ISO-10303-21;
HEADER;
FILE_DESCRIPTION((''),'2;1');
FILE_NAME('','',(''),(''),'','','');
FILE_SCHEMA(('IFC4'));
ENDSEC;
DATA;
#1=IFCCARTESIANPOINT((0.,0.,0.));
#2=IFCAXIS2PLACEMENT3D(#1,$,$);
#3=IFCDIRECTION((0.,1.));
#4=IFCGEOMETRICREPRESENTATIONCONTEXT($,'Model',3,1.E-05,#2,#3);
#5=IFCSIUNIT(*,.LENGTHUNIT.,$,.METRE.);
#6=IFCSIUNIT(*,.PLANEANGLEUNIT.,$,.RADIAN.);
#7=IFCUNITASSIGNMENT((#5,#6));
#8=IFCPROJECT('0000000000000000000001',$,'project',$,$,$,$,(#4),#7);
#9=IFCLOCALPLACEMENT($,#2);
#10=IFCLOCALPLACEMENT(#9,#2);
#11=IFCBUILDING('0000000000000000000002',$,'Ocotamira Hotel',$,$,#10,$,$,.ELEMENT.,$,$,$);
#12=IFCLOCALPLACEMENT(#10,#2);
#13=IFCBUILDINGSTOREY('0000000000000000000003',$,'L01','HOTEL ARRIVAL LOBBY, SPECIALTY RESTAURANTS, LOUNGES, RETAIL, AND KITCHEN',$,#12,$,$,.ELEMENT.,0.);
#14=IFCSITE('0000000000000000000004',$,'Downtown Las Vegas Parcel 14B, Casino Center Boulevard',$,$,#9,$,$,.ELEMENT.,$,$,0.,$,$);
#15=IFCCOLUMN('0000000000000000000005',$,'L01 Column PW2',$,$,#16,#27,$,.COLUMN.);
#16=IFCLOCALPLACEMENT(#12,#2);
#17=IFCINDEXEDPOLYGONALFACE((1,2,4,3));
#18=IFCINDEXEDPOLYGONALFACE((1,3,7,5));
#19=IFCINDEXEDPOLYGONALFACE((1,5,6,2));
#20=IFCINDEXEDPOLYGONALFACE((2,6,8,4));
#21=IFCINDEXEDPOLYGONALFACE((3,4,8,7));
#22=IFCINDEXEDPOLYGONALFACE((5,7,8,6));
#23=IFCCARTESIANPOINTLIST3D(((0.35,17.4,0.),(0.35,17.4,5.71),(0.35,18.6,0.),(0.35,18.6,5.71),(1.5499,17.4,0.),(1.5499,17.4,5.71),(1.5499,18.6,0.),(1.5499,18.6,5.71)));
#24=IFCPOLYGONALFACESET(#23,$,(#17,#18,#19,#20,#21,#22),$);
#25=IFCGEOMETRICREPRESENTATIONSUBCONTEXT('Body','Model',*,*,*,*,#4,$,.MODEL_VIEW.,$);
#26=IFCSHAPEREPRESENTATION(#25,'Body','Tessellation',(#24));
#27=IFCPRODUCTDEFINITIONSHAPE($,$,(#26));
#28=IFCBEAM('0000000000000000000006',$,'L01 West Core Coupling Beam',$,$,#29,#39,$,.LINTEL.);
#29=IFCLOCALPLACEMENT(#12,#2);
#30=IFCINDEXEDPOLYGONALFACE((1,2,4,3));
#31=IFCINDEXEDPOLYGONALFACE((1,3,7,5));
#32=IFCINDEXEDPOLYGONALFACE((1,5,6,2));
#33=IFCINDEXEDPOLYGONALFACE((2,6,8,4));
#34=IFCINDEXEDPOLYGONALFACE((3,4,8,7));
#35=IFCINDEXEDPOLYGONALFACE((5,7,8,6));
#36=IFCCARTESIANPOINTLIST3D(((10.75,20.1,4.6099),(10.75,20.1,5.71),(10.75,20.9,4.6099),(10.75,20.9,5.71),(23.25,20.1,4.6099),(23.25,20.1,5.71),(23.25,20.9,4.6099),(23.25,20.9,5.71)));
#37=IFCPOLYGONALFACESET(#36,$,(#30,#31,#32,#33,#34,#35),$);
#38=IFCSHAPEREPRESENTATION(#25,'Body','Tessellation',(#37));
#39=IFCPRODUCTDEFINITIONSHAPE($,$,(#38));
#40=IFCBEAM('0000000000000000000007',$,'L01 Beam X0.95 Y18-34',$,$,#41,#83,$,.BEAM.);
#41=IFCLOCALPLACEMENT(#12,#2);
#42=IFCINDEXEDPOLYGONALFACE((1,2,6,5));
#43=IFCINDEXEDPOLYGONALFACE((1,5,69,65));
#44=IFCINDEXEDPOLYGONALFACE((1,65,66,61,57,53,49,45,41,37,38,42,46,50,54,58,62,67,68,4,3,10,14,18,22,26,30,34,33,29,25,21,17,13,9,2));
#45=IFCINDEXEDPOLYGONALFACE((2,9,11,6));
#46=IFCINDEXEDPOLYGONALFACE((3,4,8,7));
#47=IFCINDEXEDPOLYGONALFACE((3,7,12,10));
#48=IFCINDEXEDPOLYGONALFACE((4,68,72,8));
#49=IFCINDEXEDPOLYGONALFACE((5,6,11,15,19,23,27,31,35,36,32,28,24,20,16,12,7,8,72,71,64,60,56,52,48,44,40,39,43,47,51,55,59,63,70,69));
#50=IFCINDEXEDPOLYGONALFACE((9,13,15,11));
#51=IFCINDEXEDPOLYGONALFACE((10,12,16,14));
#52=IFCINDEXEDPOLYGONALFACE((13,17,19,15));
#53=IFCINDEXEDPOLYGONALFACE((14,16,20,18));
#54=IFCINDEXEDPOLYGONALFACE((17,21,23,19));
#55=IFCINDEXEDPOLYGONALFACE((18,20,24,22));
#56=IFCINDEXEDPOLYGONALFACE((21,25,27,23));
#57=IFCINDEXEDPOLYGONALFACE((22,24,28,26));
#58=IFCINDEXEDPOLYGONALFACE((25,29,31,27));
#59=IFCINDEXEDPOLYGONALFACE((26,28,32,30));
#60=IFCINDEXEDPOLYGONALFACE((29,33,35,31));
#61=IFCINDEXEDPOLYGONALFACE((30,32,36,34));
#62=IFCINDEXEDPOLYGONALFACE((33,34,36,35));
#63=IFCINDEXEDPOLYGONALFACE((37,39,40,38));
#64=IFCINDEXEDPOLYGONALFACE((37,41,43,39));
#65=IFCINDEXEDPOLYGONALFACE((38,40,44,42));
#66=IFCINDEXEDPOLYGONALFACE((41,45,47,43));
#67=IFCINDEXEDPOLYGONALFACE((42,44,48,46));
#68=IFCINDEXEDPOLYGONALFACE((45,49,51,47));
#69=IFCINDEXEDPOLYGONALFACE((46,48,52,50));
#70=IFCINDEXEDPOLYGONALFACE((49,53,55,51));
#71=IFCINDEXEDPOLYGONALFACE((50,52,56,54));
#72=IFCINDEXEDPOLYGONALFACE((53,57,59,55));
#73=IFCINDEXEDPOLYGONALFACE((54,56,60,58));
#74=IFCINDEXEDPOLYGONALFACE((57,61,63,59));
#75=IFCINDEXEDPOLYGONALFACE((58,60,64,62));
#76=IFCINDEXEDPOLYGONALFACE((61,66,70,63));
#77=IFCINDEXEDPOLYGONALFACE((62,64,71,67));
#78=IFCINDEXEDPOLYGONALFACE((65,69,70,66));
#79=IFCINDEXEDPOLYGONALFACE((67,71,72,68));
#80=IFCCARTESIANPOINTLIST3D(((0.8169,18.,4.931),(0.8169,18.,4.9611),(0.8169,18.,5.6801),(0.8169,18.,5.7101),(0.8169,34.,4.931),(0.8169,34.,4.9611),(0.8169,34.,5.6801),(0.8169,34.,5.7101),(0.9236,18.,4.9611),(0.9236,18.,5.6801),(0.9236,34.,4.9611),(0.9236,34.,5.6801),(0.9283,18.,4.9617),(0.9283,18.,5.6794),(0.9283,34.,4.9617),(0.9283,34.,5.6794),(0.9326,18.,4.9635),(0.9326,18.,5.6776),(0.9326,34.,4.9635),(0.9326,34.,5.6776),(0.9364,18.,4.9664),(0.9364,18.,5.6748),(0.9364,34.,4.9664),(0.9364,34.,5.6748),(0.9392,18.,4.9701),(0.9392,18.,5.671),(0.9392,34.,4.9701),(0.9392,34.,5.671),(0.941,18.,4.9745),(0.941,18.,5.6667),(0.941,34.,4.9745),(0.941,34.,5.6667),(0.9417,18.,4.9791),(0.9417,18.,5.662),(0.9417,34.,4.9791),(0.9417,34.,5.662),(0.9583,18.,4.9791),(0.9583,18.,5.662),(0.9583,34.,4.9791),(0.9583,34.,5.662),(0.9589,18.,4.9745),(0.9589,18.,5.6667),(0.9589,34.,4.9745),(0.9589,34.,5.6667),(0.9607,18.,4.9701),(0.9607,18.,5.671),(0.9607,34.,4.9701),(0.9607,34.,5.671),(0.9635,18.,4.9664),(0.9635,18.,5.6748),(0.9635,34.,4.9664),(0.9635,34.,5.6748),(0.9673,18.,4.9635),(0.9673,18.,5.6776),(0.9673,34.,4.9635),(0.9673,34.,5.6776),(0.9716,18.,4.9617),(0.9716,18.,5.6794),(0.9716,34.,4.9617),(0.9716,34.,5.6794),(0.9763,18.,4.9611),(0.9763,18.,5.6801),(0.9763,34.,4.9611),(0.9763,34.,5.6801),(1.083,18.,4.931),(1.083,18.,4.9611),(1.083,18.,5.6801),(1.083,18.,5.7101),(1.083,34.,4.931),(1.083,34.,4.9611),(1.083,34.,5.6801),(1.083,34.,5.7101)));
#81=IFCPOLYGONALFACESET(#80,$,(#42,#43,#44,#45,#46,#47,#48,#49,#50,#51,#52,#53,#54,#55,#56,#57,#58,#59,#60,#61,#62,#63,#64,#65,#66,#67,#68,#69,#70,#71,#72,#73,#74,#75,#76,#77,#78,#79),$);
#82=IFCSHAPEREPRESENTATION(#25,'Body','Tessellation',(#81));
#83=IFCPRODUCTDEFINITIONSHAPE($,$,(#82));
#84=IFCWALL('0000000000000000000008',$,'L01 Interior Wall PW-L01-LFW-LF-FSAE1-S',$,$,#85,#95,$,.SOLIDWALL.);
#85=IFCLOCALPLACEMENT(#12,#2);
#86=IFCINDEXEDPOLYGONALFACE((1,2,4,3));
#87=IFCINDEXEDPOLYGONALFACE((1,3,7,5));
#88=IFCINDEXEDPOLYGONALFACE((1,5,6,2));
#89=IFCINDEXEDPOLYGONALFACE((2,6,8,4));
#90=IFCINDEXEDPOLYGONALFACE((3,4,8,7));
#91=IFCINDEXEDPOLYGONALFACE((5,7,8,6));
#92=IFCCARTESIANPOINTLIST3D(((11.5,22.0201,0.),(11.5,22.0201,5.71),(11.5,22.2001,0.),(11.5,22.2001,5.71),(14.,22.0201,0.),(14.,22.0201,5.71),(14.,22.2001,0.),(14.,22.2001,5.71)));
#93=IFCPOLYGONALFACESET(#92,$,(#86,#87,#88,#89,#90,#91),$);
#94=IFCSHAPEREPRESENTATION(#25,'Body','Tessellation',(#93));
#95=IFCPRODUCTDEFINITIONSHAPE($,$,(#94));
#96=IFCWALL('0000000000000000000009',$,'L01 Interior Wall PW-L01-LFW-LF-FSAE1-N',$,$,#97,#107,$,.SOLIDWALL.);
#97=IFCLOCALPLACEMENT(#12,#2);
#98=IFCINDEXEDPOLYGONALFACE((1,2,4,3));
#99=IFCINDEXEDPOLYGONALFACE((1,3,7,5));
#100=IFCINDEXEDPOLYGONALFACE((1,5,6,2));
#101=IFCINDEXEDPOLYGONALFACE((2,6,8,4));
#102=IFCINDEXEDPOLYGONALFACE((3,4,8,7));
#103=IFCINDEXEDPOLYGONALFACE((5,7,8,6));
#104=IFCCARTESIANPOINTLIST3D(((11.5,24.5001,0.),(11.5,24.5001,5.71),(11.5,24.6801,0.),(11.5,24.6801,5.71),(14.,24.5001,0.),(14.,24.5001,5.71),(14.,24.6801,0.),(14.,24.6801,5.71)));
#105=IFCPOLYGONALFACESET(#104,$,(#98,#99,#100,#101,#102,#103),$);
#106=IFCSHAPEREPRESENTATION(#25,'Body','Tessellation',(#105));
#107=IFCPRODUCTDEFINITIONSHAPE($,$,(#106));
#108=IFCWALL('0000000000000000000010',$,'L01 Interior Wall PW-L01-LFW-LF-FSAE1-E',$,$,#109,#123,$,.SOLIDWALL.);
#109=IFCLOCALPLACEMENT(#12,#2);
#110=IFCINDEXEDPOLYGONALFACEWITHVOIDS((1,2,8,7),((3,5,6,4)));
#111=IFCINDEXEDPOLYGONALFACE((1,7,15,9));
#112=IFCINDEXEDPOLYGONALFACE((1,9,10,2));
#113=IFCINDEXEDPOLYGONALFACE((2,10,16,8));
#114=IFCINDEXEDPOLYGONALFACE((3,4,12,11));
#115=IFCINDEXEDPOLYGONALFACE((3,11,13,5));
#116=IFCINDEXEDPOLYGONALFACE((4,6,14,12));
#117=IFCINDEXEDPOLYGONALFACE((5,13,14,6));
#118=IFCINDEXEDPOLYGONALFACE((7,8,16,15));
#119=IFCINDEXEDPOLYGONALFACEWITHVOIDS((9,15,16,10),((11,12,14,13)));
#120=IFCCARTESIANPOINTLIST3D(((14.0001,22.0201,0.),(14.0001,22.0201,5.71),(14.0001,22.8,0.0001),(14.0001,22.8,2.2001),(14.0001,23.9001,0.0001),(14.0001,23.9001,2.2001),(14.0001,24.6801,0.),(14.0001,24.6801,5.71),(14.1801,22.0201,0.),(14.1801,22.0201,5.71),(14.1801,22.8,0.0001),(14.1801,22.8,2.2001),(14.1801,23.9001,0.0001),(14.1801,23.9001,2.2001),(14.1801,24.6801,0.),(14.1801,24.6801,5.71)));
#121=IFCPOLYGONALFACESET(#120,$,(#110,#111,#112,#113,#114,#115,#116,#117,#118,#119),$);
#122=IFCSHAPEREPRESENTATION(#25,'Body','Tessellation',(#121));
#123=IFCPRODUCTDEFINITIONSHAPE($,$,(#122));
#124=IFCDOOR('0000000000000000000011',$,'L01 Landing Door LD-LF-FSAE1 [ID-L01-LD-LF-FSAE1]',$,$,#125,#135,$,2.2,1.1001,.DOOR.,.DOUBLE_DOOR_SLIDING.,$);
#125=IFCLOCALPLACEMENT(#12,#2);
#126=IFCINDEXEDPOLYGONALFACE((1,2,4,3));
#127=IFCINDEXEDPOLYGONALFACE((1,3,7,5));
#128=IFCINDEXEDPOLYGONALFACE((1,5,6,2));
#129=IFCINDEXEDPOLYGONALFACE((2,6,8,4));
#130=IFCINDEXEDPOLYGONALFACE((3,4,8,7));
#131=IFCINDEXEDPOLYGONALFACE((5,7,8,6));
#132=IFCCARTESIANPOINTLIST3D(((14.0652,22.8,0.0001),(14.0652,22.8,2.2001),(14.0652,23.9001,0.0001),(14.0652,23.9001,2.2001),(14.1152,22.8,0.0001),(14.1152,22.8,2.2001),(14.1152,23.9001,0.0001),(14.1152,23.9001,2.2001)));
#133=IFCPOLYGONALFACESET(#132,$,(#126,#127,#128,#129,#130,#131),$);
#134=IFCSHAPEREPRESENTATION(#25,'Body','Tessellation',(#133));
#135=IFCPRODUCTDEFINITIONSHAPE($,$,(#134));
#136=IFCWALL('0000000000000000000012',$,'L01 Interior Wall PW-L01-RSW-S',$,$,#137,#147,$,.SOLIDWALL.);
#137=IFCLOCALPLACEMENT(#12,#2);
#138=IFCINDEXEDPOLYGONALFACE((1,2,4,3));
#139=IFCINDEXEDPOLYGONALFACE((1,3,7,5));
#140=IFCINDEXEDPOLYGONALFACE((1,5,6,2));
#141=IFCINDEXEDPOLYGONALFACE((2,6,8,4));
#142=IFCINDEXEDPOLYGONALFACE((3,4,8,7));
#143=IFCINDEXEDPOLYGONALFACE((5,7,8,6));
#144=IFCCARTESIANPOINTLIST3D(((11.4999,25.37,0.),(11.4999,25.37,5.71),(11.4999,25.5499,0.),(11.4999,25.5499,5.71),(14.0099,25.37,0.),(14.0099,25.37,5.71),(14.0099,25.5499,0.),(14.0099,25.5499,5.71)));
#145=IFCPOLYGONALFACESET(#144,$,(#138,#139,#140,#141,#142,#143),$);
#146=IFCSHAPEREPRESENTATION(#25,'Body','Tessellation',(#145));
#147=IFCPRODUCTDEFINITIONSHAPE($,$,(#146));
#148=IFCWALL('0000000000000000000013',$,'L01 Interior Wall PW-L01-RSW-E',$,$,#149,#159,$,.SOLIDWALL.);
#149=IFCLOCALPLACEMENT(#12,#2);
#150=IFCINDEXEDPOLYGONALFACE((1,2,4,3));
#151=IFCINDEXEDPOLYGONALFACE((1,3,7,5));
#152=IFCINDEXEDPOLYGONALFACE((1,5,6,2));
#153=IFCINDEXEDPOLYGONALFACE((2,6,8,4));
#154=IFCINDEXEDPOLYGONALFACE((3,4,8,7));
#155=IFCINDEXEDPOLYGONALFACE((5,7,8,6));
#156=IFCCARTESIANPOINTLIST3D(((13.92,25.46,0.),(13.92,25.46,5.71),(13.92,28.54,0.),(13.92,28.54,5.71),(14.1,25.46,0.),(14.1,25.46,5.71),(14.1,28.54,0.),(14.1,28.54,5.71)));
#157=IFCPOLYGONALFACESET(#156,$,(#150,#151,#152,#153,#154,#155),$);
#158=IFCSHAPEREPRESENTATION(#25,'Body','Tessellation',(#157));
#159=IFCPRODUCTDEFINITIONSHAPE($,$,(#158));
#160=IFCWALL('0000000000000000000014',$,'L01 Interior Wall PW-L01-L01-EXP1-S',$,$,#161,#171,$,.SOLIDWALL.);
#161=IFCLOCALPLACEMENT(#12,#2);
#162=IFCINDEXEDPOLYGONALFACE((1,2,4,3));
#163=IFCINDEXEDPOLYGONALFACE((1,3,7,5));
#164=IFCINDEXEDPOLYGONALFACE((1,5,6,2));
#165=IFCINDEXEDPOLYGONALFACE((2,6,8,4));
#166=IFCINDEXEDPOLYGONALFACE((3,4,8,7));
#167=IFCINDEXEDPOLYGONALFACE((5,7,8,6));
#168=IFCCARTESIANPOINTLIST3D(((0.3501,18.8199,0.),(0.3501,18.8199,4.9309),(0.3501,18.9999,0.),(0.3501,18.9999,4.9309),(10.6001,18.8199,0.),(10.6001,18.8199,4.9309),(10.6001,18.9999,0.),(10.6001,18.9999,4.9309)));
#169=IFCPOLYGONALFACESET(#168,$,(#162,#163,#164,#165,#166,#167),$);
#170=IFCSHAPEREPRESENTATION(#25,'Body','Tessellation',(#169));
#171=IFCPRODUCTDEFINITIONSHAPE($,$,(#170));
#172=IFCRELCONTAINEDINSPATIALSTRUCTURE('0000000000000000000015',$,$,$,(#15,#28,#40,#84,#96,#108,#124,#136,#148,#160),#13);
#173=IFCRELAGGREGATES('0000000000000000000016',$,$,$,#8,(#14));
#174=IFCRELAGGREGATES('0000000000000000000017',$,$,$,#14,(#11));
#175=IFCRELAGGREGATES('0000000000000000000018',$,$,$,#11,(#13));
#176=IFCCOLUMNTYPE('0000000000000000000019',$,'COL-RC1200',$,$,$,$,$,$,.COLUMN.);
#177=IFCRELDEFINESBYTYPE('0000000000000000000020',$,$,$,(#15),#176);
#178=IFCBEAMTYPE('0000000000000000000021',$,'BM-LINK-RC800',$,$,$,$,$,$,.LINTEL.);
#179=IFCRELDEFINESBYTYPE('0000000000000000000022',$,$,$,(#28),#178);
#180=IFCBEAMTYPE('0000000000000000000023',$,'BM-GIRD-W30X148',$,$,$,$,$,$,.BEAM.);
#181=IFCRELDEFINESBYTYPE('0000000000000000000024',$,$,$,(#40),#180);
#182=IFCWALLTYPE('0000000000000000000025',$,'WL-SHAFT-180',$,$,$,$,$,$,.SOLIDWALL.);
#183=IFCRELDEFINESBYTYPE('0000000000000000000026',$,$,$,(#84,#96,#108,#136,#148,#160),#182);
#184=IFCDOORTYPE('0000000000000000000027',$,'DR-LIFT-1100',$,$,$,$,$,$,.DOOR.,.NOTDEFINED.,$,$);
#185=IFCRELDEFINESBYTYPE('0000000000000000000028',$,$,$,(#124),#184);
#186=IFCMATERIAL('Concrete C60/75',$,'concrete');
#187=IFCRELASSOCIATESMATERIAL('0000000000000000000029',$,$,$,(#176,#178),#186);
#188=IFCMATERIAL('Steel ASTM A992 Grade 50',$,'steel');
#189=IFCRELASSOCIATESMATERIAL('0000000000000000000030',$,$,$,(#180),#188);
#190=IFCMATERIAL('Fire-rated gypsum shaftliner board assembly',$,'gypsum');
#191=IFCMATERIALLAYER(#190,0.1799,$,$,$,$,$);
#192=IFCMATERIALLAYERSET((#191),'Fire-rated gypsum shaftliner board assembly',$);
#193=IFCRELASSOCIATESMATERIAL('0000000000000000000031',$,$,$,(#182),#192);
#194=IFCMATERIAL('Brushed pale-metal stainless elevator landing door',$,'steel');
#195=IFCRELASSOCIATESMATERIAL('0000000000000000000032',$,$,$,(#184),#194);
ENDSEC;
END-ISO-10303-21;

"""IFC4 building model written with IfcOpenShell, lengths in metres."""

from ifc_helpers import new_model, si_unit, direction, frame, frame_2d, origin, origin_2d, place, context, subcontext, project, spatial, rectangle, i_section, extrude, source, transform, mapped, material, layer, layer_set, material_profile, profile_set, type_object, element, fill, save


model = new_model("IFC4")

# Units and contexts
model_context = context("Model", 3, precision=1e-05, world=origin(), true_north=direction((0.0, 1.0)))
body_context = subcontext(model_context, "Body", "Model", "MODEL_VIEW")
ifc_project = project(units=[si_unit("LENGTHUNIT", "METRE"), si_unit("PLANEANGLEUNIT", "RADIAN")], contexts=[model_context])

# Site, building, storey
site_placement = place(None, origin())
site = spatial("IfcSite", under=ifc_project, at=site_placement, Name="Downtown Las Vegas Parcel 14B, Casino Center Boulevard", CompositionType="ELEMENT", RefElevation=0.0)
building_placement = place(site_placement, origin())
building = spatial("IfcBuilding", under=site, at=building_placement, Name="Ocotamira Hotel", CompositionType="ELEMENT")
storey_placement = place(building_placement, origin())
storey = spatial("IfcBuildingStorey", under=building, at=storey_placement, Name="L01", Description="HOTEL ARRIVAL LOBBY, SPECIALTY RESTAURANTS, LOUNGES, RETAIL, AND KITCHEN", CompositionType="ELEMENT", Elevation=0.0)

# Column
ifc_material_1 = material(Name="Concrete C60/75", Category="concrete")
ifc_material_profile_1 = material_profile(ifc_material_1, rectangle(XDim=1.2, YDim=1.2, at=origin_2d()), Name="RC1200X1200")
ifc_profile_set_1 = profile_set([ifc_material_profile_1], Name="Concrete C60/75")
column_type = type_object("IfcColumnType", Name="COL-RC1200", PredefinedType="COLUMN", material=ifc_profile_set_1)
shared_shape_1 = source(origin(), body_context, "Body", "SweptSolid", [
    extrude(rectangle(XDim=1.2, YDim=1.2, at=origin_2d()), origin(), (0.0, 0.0, 1.0), 5.71),
])
column_placement = place(storey_placement, frame((0.95, 18.0, 0.0), z_axis=(0.0, 0.0, 1.0), x_axis=(1.0, 0.0, 0.0)))
element("IfcColumn", 1, at=column_placement, inside=storey, type_object=column_type, Name="L01 Column PW2", PredefinedType="COLUMN", context=body_context, shape_type="MappedRepresentation", body=[
    mapped(shared_shape_1, transform((0.0, 0.0, 0.0), scale=1.0)),
])

# Beams
ifc_material_profile_2 = material_profile(ifc_material_1, rectangle(XDim=0.8, YDim=1.1001, at=origin_2d()), Name="RC800X1100")
ifc_profile_set_2 = profile_set([ifc_material_profile_2], Name="Concrete C60/75")
beam_type_1 = type_object("IfcBeamType", Name="BM-LINK-RC800", PredefinedType="LINTEL", material=ifc_profile_set_2)
shared_shape_2 = source(origin(), body_context, "Body", "SweptSolid", [
    extrude(rectangle(XDim=0.8, YDim=1.1001, at=origin_2d()), origin(), (0.0, 0.0, 1.0), 12.5),
])
beam_1_placement = place(storey_placement, frame((10.75, 20.5, 5.1599), z_axis=(1.0, 0.0, 0.0), x_axis=(0.0, 1.0, 0.0)))
element("IfcBeam", 2, at=beam_1_placement, inside=storey, type_object=beam_type_1, Name="L01 West Core Coupling Beam", PredefinedType="LINTEL", context=body_context, shape_type="MappedRepresentation", body=[
    mapped(shared_shape_2, transform((0.0, 0.0, 0.0), scale=1.0)),
])
ifc_material_2 = material(Name="Steel ASTM A992 Grade 50", Category="steel")
ifc_material_profile_3 = material_profile(ifc_material_2, i_section(OverallWidth=0.2661, OverallDepth=0.7791, WebThickness=0.0166, FlangeThickness=0.03, FilletRadius=0.0181, at=origin_2d()), Name="W30X148")
ifc_profile_set_3 = profile_set([ifc_material_profile_3], Name="Steel ASTM A992 Grade 50")
beam_type_2 = type_object("IfcBeamType", Name="BM-GIRD-W30X148", PredefinedType="BEAM", material=ifc_profile_set_3)
shared_shape_3 = source(origin(), body_context, "Body", "SweptSolid", [
    extrude(i_section(OverallWidth=0.2661, OverallDepth=0.7791, WebThickness=0.0166, FlangeThickness=0.03, FilletRadius=0.0181, at=origin_2d()), origin(), (0.0, 0.0, 1.0), 16.0),
])
beam_2_placement = place(storey_placement, frame((0.95, 18.0, 5.3206), z_axis=(0.0, 1.0, 0.0), x_axis=(-1.0, 0.0, 0.0)))
element("IfcBeam", 3, at=beam_2_placement, inside=storey, type_object=beam_type_2, Name="L01 Beam X0.95 Y18-34", PredefinedType="BEAM", context=body_context, shape_type="MappedRepresentation", body=[
    mapped(shared_shape_3, transform((0.0, 0.0, 0.0), scale=1.0)),
])

# Walls
ifc_material_3 = material(Name="Fire-rated gypsum shaftliner board assembly", Category="gypsum")
ifc_layer_1 = layer(ifc_material_3, 0.1799)
ifc_layer_set_1 = layer_set([ifc_layer_1], Name="Fire-rated gypsum shaftliner board assembly")
wall_type_1 = type_object("IfcWallType", Name="WL-SHAFT-180", PredefinedType="SOLIDWALL", material=ifc_layer_set_1)
for number, where, z_axis, x_axis, name in (
    (4, (11.5, 22.1101, 0.0), (0.0, 0.0, 1.0), (1.0, 0.0, 0.0), "L01 Interior Wall PW-L01-LFW-LF-FSAE1-S"),
    (5, (11.5, 24.5901, 0.0), (0.0, 0.0, 1.0), (1.0, 0.0, 0.0), "L01 Interior Wall PW-L01-LFW-LF-FSAE1-N"),
):
    element("IfcWall", number, at=place(storey_placement, frame(where, z_axis=z_axis, x_axis=x_axis)), inside=storey, type_object=wall_type_1, Name=name, PredefinedType="SOLIDWALL", context=body_context, shape_type="SweptSolid", body=[
        extrude(rectangle(XDim=2.5, YDim=0.1799, at=frame_2d((1.25, 0.0))), origin(), (0.0, 0.0, 1.0), 5.71),
    ])

# Wall, opening, door
wall_1_placement = place(storey_placement, frame((14.0901, 22.02, 0.0), z_axis=(0.0, 0.0, 1.0), x_axis=(0.0, 1.0, 0.0)))
wall_1 = element("IfcWall", 6, at=wall_1_placement, inside=storey, type_object=wall_type_1, Name="L01 Interior Wall PW-L01-LFW-LF-FSAE1-E", PredefinedType="SOLIDWALL", context=body_context, shape_type="SweptSolid", body=[
    extrude(rectangle(XDim=2.6599, YDim=0.1799, at=frame_2d((1.3301, 0.0))), origin(), (0.0, 0.0, 1.0), 5.71),
])
opening_1_placement = place(wall_1_placement, frame((0.78, 0.0, 0.0)))
opening_1 = element("IfcOpeningElement", 7, at=opening_1_placement, cuts=wall_1, PredefinedType="OPENING", context=body_context, shape_type="SweptSolid", body=[
    extrude(rectangle(XDim=1.1001, YDim=2.2, at=frame_2d((0.55, 1.1001))), frame((0.0, 0.1001, 0.0), z_axis=(0.0, -1.0, 0.0), x_axis=(1.0, 0.0, 0.0)), (0.0, 0.0, 1.0), 0.2),
])
ifc_material_4 = material(Name="Brushed pale-metal stainless elevator landing door", Category="steel")
door_type_1 = type_object("IfcDoorType", Name="DR-LIFT-1100", OperationType="NOTDEFINED", PredefinedType="DOOR", material=ifc_material_4)
shared_shape_4 = source(origin(), body_context, "Body", "SweptSolid", [
    extrude(rectangle(XDim=1.1001, YDim=2.2, at=frame_2d((0.55, 1.1001))), frame((0.0, 0.0249, 0.0), z_axis=(0.0, -1.0, 0.0), x_axis=(1.0, 0.0, 0.0)), (0.0, 0.0, 1.0), 0.05),
])
door_1_placement = place(opening_1_placement, origin())
door_1 = element("IfcDoor", 8, at=door_1_placement, inside=storey, type_object=door_type_1, Name="L01 Landing Door LD-LF-FSAE1 [ID-L01-LD-LF-FSAE1]", OperationType="DOUBLE_DOOR_SLIDING", OverallHeight=2.2, OverallWidth=1.1001, PredefinedType="DOOR", context=body_context, shape_type="MappedRepresentation", body=[
    mapped(shared_shape_4, transform((0.0, 0.0, 0.0), scale=1.0)),
])
fill(opening_1, door_1)

# Walls
wall_2_placement = place(storey_placement, frame((11.5, 25.46, 0.0), z_axis=(0.0, 0.0, 1.0), x_axis=(1.0, 0.0, 0.0)))
element("IfcWall", 9, at=wall_2_placement, inside=storey, type_object=wall_type_1, Name="L01 Interior Wall PW-L01-RSW-S", PredefinedType="SOLIDWALL", context=body_context, shape_type="SweptSolid", body=[
    extrude(rectangle(XDim=2.51, YDim=0.1799, at=frame_2d((1.2549, 0.0))), origin(), (0.0, 0.0, 1.0), 5.71),
])
wall_3_placement = place(storey_placement, frame((14.01, 25.46, 0.0), z_axis=(0.0, 0.0, 1.0), x_axis=(0.0, 1.0, 0.0)))
element("IfcWall", 10, at=wall_3_placement, inside=storey, type_object=wall_type_1, Name="L01 Interior Wall PW-L01-RSW-E", PredefinedType="SOLIDWALL", context=body_context, shape_type="SweptSolid", body=[
    extrude(rectangle(XDim=3.0801, YDim=0.1799, at=frame_2d((1.54, 0.0))), origin(), (0.0, 0.0, 1.0), 5.71),
])
wall_4_placement = place(storey_placement, frame((0.3501, 18.9099, 0.0), z_axis=(0.0, 0.0, 1.0), x_axis=(1.0, 0.0, 0.0)))
element("IfcWall", 11, at=wall_4_placement, inside=storey, type_object=wall_type_1, Name="L01 Interior Wall PW-L01-L01-EXP1-S", PredefinedType="SOLIDWALL", context=body_context, shape_type="SweptSolid", body=[
    extrude(rectangle(XDim=10.25, YDim=0.1799, at=frame_2d((5.125, 0.0))), origin(), (0.0, 0.0, 1.0), 4.9309),
])

save(model, "model.ifc")
